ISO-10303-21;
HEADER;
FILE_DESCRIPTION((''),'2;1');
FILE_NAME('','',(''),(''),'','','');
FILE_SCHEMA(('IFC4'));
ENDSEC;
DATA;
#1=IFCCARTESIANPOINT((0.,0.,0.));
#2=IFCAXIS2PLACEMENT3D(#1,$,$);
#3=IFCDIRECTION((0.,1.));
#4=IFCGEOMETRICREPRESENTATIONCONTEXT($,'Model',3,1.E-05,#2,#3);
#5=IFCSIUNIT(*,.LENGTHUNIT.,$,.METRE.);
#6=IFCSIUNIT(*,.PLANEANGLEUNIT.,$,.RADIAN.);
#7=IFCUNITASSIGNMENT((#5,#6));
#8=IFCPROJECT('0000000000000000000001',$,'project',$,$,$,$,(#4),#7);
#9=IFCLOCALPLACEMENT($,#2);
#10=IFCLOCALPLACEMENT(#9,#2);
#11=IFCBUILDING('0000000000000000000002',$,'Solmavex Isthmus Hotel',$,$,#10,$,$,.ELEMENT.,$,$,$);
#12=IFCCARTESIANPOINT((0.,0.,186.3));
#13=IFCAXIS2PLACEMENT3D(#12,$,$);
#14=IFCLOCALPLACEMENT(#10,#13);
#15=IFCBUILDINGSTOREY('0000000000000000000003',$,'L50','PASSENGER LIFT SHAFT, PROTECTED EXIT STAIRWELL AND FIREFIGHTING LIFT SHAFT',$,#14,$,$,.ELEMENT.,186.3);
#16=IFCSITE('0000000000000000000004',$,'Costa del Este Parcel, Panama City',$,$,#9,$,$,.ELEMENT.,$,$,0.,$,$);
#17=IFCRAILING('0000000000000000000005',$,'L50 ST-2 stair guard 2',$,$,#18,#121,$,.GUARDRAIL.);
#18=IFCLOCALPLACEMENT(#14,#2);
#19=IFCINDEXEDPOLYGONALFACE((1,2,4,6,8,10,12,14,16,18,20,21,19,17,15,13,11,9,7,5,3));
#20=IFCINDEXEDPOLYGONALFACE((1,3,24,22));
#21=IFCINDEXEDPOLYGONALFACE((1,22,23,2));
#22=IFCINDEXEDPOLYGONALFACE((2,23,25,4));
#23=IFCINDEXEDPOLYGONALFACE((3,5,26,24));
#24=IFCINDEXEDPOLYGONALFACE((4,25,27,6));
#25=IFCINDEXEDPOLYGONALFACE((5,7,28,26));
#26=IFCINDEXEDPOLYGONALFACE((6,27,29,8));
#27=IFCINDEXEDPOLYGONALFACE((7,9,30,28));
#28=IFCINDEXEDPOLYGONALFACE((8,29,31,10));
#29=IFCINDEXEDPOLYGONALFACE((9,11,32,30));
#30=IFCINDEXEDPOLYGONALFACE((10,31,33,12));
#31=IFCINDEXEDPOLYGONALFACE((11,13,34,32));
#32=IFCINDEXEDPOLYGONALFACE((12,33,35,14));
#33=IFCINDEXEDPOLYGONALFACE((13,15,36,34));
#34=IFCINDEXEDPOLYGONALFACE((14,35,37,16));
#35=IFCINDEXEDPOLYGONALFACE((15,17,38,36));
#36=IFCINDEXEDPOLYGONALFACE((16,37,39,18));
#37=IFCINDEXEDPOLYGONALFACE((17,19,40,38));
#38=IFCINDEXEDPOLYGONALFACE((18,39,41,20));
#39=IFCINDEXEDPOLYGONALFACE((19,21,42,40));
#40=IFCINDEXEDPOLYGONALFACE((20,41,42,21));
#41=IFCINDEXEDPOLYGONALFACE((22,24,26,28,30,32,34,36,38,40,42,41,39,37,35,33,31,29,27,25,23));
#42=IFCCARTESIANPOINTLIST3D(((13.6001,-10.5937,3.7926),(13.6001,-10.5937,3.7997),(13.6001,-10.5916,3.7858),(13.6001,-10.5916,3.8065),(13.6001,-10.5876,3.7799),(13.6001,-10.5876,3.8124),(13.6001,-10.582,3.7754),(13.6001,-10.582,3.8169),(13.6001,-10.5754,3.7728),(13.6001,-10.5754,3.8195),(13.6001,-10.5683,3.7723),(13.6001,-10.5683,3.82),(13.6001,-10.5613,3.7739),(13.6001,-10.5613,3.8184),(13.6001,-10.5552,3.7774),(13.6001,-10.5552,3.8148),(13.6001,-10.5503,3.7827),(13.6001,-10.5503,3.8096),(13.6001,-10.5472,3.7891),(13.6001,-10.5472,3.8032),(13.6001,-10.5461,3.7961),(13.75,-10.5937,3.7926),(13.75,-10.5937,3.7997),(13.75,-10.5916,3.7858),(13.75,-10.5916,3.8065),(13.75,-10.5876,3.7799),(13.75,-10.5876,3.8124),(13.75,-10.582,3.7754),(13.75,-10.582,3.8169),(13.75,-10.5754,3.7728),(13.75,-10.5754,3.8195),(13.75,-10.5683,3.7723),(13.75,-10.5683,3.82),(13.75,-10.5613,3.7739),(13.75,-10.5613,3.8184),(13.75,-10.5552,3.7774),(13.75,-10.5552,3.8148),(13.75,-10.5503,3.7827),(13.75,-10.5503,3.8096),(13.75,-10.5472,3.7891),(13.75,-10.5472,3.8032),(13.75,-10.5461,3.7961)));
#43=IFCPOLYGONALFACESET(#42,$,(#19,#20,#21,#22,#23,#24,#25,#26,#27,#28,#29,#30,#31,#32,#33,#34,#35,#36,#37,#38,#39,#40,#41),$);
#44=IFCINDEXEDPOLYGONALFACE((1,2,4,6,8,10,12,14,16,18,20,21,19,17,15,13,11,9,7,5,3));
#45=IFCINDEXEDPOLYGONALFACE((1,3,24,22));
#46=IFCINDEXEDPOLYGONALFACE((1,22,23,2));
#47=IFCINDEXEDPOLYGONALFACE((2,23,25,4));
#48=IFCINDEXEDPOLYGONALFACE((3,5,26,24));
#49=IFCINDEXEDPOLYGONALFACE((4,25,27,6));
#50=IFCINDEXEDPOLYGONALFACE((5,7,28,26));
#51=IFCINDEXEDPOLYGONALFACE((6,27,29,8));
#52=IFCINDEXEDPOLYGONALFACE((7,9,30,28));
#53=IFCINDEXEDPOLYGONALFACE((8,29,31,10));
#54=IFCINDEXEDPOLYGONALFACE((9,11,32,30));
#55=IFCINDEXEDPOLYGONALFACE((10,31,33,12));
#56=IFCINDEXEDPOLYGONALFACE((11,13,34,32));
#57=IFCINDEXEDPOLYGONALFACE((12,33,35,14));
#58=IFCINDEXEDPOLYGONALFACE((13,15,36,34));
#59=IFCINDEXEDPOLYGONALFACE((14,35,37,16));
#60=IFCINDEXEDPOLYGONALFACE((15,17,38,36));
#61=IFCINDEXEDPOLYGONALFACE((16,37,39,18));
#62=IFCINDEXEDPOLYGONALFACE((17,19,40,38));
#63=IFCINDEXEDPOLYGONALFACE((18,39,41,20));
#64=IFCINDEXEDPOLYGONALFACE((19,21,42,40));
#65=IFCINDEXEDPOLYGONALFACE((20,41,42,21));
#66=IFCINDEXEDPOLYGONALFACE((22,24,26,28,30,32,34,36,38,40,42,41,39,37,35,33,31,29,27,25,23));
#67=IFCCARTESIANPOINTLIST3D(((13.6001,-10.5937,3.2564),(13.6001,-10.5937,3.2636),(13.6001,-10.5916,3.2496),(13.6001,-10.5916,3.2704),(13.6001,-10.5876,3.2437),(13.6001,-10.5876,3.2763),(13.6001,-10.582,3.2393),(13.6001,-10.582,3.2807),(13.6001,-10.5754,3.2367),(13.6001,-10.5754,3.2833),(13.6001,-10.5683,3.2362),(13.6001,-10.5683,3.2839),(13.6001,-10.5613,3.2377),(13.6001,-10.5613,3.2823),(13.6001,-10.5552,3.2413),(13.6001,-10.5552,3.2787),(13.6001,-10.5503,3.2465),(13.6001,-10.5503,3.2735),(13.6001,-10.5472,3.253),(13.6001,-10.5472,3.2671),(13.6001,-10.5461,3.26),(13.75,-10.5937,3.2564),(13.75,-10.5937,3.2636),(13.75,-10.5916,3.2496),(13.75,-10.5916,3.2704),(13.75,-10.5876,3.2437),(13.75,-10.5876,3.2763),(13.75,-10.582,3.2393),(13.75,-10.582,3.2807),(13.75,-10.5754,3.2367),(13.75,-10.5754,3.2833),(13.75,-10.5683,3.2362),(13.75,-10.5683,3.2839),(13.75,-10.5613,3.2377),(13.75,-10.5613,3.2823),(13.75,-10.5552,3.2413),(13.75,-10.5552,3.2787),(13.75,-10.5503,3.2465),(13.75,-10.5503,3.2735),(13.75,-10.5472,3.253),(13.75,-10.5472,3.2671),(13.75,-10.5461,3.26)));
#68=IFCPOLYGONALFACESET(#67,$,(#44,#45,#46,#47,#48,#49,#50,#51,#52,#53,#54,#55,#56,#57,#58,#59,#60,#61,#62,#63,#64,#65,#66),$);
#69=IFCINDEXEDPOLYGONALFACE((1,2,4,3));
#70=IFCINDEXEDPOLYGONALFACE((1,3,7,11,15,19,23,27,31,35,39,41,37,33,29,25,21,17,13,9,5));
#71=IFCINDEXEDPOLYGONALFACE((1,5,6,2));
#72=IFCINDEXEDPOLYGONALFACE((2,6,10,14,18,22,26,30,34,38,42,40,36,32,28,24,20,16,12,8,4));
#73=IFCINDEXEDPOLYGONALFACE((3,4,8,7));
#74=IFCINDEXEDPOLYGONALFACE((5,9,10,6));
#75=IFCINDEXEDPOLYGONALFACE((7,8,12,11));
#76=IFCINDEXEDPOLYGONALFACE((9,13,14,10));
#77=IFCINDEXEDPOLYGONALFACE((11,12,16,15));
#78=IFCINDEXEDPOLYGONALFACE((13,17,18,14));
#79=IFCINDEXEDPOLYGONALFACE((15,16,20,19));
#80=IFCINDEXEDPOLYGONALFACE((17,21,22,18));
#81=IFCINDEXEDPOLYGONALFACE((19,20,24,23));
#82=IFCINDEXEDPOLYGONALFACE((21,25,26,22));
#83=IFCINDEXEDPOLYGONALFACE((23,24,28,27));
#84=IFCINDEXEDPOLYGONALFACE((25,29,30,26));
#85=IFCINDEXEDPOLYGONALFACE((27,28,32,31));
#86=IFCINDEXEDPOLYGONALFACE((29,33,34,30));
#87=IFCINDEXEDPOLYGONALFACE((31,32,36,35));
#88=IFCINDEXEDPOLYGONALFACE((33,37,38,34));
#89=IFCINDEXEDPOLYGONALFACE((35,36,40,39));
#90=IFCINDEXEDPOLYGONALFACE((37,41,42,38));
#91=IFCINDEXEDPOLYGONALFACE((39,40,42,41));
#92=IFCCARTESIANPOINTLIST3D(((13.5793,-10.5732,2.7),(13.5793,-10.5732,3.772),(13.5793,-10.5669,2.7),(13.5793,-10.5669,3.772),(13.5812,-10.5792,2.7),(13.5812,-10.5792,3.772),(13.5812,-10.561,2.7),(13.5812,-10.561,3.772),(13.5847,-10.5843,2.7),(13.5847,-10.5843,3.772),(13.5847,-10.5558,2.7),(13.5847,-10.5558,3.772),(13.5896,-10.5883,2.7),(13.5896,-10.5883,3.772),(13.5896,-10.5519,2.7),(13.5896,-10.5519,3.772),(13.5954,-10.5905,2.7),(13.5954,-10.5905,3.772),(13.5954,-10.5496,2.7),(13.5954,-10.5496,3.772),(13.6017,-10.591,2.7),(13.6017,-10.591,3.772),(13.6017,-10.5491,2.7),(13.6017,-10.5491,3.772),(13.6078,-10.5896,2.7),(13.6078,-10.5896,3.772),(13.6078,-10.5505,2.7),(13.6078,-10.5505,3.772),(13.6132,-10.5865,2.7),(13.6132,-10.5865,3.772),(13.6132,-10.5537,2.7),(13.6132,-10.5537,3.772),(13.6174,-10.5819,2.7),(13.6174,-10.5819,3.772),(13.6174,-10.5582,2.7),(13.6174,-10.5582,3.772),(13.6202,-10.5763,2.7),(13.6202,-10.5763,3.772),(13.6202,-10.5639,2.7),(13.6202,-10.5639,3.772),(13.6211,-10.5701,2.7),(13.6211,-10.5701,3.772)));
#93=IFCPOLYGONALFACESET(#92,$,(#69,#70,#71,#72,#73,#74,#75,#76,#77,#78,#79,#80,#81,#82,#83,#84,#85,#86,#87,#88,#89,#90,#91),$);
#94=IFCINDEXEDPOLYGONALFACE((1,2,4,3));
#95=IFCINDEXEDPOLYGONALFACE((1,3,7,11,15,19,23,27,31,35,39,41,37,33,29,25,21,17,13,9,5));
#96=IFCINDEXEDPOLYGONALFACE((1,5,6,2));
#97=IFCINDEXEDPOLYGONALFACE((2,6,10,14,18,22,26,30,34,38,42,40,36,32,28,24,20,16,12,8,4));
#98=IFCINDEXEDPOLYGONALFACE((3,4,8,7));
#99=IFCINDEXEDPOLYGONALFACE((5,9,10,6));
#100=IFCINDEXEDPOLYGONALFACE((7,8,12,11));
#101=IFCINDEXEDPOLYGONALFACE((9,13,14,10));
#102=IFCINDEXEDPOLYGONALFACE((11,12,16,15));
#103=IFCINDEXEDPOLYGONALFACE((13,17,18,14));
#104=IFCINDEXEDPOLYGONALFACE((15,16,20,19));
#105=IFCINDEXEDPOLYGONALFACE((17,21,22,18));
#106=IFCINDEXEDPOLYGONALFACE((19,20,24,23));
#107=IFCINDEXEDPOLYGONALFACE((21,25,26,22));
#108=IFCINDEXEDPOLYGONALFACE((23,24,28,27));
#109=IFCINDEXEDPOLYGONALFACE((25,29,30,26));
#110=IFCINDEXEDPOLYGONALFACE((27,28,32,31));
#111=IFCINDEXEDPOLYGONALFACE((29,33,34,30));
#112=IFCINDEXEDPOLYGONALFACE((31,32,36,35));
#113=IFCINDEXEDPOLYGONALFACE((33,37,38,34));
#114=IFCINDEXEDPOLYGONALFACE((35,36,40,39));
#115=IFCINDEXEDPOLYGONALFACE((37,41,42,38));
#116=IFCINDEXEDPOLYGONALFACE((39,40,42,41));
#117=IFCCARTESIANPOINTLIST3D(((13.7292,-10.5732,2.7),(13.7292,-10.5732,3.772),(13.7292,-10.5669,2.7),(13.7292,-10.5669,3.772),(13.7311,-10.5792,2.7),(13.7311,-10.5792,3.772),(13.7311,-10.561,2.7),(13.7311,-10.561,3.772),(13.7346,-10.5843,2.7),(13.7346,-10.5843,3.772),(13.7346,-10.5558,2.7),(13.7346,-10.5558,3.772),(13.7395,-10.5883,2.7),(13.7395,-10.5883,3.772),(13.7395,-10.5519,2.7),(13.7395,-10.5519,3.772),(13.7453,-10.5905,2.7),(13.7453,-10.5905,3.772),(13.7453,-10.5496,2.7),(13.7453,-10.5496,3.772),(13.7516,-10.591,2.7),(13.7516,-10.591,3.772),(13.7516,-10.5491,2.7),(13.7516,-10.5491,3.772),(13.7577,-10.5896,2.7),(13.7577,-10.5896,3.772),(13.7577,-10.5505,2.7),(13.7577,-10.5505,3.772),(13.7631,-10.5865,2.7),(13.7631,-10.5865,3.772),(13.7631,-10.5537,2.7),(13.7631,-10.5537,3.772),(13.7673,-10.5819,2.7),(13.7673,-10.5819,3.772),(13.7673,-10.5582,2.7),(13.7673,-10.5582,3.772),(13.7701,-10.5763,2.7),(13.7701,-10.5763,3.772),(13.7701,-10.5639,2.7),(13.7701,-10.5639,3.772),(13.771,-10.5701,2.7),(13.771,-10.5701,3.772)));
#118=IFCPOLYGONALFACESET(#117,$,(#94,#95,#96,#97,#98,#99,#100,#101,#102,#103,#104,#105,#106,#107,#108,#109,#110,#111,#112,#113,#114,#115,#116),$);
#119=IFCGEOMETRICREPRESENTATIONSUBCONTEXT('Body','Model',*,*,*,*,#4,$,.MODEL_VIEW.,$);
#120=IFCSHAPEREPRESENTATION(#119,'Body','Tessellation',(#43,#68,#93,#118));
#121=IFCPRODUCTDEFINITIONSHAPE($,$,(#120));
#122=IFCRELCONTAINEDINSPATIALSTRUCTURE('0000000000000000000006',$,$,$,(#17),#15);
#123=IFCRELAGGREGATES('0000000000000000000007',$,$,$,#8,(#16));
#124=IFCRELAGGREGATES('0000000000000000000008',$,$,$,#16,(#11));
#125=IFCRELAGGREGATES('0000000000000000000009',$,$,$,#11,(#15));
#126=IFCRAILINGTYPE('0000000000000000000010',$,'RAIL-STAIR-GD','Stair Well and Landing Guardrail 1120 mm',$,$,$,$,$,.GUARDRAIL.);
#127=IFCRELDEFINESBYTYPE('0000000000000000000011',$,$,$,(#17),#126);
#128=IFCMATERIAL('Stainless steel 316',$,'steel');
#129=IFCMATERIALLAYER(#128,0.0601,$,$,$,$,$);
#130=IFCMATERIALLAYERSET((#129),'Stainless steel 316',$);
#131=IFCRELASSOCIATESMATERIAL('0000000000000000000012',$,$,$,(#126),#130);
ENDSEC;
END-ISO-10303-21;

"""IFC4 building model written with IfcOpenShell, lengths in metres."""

from ifc_helpers import new_model, si_unit, direction, frame, origin, origin_2d, place, context, subcontext, project, spatial, circle, extrude, material, layer, layer_set, type_object, element, save


model = new_model("IFC4")

# Units and contexts
model_context = context("Model", 3, precision=1e-05, world=origin(), true_north=direction((0.0, 1.0)))
body_context = subcontext(model_context, "Body", "Model", "MODEL_VIEW")
ifc_project = project(units=[si_unit("LENGTHUNIT", "METRE"), si_unit("PLANEANGLEUNIT", "RADIAN")], contexts=[model_context])

# Site, building, storey
site_placement = place(None, origin())
site = spatial("IfcSite", under=ifc_project, at=site_placement, Name="Costa del Este Parcel, Panama City", CompositionType="ELEMENT", RefElevation=0.0)
building_placement = place(site_placement, origin())
building = spatial("IfcBuilding", under=site, at=building_placement, Name="Solmavex Isthmus Hotel", CompositionType="ELEMENT")
storey_placement = place(building_placement, frame((0.0, 0.0, 186.3)))
storey = spatial("IfcBuildingStorey", under=building, at=storey_placement, Name="L50", Description="PASSENGER LIFT SHAFT, PROTECTED EXIT STAIRWELL AND FIREFIGHTING LIFT SHAFT", CompositionType="ELEMENT", Elevation=186.3)

# Shared definitions
ifc_material_1 = material(Name="Stainless steel 316", Category="steel")

# Railing
ifc_layer_1 = layer(ifc_material_1, 0.0601)
ifc_layer_set_1 = layer_set([ifc_layer_1], Name="Stainless steel 316")
railing_type_1 = type_object("IfcRailingType", Name="RAIL-STAIR-GD", Description="Stair Well and Landing Guardrail 1120 mm", PredefinedType="GUARDRAIL", material=ifc_layer_set_1)
railing_1_placement = place(storey_placement, frame((13.6001, -10.5701, 2.7)))
element("IfcRailing", 1, at=railing_1_placement, inside=storey, type_object=railing_type_1, Name="L50 ST-2 stair guard 2", PredefinedType="GUARDRAIL", context=body_context, shape_type="SweptSolid", body=[
    extrude(circle(Radius=0.0239, at=origin_2d()), frame((0.0, 0.0, 1.0962), z_axis=(1.0, 0.0, 0.0), x_axis=(0.0, 1.0, 0.0)), (0.0, 0.0, 1.0), 0.1499),
    extrude(circle(Radius=0.0239, at=origin_2d()), frame((0.0, 0.0, 0.5601), z_axis=(1.0, 0.0, 0.0), x_axis=(0.0, 1.0, 0.0)), (0.0, 0.0, 1.0), 0.1499),
    extrude(circle(Radius=0.021, at=origin_2d()), origin(), (0.0, 0.0, 1.0), 1.072),
    extrude(circle(Radius=0.021, at=origin_2d()), frame((0.1499, 0.0, 0.0)), (0.0, 0.0, 1.0), 1.072),
])

save(model, "model.ifc")
